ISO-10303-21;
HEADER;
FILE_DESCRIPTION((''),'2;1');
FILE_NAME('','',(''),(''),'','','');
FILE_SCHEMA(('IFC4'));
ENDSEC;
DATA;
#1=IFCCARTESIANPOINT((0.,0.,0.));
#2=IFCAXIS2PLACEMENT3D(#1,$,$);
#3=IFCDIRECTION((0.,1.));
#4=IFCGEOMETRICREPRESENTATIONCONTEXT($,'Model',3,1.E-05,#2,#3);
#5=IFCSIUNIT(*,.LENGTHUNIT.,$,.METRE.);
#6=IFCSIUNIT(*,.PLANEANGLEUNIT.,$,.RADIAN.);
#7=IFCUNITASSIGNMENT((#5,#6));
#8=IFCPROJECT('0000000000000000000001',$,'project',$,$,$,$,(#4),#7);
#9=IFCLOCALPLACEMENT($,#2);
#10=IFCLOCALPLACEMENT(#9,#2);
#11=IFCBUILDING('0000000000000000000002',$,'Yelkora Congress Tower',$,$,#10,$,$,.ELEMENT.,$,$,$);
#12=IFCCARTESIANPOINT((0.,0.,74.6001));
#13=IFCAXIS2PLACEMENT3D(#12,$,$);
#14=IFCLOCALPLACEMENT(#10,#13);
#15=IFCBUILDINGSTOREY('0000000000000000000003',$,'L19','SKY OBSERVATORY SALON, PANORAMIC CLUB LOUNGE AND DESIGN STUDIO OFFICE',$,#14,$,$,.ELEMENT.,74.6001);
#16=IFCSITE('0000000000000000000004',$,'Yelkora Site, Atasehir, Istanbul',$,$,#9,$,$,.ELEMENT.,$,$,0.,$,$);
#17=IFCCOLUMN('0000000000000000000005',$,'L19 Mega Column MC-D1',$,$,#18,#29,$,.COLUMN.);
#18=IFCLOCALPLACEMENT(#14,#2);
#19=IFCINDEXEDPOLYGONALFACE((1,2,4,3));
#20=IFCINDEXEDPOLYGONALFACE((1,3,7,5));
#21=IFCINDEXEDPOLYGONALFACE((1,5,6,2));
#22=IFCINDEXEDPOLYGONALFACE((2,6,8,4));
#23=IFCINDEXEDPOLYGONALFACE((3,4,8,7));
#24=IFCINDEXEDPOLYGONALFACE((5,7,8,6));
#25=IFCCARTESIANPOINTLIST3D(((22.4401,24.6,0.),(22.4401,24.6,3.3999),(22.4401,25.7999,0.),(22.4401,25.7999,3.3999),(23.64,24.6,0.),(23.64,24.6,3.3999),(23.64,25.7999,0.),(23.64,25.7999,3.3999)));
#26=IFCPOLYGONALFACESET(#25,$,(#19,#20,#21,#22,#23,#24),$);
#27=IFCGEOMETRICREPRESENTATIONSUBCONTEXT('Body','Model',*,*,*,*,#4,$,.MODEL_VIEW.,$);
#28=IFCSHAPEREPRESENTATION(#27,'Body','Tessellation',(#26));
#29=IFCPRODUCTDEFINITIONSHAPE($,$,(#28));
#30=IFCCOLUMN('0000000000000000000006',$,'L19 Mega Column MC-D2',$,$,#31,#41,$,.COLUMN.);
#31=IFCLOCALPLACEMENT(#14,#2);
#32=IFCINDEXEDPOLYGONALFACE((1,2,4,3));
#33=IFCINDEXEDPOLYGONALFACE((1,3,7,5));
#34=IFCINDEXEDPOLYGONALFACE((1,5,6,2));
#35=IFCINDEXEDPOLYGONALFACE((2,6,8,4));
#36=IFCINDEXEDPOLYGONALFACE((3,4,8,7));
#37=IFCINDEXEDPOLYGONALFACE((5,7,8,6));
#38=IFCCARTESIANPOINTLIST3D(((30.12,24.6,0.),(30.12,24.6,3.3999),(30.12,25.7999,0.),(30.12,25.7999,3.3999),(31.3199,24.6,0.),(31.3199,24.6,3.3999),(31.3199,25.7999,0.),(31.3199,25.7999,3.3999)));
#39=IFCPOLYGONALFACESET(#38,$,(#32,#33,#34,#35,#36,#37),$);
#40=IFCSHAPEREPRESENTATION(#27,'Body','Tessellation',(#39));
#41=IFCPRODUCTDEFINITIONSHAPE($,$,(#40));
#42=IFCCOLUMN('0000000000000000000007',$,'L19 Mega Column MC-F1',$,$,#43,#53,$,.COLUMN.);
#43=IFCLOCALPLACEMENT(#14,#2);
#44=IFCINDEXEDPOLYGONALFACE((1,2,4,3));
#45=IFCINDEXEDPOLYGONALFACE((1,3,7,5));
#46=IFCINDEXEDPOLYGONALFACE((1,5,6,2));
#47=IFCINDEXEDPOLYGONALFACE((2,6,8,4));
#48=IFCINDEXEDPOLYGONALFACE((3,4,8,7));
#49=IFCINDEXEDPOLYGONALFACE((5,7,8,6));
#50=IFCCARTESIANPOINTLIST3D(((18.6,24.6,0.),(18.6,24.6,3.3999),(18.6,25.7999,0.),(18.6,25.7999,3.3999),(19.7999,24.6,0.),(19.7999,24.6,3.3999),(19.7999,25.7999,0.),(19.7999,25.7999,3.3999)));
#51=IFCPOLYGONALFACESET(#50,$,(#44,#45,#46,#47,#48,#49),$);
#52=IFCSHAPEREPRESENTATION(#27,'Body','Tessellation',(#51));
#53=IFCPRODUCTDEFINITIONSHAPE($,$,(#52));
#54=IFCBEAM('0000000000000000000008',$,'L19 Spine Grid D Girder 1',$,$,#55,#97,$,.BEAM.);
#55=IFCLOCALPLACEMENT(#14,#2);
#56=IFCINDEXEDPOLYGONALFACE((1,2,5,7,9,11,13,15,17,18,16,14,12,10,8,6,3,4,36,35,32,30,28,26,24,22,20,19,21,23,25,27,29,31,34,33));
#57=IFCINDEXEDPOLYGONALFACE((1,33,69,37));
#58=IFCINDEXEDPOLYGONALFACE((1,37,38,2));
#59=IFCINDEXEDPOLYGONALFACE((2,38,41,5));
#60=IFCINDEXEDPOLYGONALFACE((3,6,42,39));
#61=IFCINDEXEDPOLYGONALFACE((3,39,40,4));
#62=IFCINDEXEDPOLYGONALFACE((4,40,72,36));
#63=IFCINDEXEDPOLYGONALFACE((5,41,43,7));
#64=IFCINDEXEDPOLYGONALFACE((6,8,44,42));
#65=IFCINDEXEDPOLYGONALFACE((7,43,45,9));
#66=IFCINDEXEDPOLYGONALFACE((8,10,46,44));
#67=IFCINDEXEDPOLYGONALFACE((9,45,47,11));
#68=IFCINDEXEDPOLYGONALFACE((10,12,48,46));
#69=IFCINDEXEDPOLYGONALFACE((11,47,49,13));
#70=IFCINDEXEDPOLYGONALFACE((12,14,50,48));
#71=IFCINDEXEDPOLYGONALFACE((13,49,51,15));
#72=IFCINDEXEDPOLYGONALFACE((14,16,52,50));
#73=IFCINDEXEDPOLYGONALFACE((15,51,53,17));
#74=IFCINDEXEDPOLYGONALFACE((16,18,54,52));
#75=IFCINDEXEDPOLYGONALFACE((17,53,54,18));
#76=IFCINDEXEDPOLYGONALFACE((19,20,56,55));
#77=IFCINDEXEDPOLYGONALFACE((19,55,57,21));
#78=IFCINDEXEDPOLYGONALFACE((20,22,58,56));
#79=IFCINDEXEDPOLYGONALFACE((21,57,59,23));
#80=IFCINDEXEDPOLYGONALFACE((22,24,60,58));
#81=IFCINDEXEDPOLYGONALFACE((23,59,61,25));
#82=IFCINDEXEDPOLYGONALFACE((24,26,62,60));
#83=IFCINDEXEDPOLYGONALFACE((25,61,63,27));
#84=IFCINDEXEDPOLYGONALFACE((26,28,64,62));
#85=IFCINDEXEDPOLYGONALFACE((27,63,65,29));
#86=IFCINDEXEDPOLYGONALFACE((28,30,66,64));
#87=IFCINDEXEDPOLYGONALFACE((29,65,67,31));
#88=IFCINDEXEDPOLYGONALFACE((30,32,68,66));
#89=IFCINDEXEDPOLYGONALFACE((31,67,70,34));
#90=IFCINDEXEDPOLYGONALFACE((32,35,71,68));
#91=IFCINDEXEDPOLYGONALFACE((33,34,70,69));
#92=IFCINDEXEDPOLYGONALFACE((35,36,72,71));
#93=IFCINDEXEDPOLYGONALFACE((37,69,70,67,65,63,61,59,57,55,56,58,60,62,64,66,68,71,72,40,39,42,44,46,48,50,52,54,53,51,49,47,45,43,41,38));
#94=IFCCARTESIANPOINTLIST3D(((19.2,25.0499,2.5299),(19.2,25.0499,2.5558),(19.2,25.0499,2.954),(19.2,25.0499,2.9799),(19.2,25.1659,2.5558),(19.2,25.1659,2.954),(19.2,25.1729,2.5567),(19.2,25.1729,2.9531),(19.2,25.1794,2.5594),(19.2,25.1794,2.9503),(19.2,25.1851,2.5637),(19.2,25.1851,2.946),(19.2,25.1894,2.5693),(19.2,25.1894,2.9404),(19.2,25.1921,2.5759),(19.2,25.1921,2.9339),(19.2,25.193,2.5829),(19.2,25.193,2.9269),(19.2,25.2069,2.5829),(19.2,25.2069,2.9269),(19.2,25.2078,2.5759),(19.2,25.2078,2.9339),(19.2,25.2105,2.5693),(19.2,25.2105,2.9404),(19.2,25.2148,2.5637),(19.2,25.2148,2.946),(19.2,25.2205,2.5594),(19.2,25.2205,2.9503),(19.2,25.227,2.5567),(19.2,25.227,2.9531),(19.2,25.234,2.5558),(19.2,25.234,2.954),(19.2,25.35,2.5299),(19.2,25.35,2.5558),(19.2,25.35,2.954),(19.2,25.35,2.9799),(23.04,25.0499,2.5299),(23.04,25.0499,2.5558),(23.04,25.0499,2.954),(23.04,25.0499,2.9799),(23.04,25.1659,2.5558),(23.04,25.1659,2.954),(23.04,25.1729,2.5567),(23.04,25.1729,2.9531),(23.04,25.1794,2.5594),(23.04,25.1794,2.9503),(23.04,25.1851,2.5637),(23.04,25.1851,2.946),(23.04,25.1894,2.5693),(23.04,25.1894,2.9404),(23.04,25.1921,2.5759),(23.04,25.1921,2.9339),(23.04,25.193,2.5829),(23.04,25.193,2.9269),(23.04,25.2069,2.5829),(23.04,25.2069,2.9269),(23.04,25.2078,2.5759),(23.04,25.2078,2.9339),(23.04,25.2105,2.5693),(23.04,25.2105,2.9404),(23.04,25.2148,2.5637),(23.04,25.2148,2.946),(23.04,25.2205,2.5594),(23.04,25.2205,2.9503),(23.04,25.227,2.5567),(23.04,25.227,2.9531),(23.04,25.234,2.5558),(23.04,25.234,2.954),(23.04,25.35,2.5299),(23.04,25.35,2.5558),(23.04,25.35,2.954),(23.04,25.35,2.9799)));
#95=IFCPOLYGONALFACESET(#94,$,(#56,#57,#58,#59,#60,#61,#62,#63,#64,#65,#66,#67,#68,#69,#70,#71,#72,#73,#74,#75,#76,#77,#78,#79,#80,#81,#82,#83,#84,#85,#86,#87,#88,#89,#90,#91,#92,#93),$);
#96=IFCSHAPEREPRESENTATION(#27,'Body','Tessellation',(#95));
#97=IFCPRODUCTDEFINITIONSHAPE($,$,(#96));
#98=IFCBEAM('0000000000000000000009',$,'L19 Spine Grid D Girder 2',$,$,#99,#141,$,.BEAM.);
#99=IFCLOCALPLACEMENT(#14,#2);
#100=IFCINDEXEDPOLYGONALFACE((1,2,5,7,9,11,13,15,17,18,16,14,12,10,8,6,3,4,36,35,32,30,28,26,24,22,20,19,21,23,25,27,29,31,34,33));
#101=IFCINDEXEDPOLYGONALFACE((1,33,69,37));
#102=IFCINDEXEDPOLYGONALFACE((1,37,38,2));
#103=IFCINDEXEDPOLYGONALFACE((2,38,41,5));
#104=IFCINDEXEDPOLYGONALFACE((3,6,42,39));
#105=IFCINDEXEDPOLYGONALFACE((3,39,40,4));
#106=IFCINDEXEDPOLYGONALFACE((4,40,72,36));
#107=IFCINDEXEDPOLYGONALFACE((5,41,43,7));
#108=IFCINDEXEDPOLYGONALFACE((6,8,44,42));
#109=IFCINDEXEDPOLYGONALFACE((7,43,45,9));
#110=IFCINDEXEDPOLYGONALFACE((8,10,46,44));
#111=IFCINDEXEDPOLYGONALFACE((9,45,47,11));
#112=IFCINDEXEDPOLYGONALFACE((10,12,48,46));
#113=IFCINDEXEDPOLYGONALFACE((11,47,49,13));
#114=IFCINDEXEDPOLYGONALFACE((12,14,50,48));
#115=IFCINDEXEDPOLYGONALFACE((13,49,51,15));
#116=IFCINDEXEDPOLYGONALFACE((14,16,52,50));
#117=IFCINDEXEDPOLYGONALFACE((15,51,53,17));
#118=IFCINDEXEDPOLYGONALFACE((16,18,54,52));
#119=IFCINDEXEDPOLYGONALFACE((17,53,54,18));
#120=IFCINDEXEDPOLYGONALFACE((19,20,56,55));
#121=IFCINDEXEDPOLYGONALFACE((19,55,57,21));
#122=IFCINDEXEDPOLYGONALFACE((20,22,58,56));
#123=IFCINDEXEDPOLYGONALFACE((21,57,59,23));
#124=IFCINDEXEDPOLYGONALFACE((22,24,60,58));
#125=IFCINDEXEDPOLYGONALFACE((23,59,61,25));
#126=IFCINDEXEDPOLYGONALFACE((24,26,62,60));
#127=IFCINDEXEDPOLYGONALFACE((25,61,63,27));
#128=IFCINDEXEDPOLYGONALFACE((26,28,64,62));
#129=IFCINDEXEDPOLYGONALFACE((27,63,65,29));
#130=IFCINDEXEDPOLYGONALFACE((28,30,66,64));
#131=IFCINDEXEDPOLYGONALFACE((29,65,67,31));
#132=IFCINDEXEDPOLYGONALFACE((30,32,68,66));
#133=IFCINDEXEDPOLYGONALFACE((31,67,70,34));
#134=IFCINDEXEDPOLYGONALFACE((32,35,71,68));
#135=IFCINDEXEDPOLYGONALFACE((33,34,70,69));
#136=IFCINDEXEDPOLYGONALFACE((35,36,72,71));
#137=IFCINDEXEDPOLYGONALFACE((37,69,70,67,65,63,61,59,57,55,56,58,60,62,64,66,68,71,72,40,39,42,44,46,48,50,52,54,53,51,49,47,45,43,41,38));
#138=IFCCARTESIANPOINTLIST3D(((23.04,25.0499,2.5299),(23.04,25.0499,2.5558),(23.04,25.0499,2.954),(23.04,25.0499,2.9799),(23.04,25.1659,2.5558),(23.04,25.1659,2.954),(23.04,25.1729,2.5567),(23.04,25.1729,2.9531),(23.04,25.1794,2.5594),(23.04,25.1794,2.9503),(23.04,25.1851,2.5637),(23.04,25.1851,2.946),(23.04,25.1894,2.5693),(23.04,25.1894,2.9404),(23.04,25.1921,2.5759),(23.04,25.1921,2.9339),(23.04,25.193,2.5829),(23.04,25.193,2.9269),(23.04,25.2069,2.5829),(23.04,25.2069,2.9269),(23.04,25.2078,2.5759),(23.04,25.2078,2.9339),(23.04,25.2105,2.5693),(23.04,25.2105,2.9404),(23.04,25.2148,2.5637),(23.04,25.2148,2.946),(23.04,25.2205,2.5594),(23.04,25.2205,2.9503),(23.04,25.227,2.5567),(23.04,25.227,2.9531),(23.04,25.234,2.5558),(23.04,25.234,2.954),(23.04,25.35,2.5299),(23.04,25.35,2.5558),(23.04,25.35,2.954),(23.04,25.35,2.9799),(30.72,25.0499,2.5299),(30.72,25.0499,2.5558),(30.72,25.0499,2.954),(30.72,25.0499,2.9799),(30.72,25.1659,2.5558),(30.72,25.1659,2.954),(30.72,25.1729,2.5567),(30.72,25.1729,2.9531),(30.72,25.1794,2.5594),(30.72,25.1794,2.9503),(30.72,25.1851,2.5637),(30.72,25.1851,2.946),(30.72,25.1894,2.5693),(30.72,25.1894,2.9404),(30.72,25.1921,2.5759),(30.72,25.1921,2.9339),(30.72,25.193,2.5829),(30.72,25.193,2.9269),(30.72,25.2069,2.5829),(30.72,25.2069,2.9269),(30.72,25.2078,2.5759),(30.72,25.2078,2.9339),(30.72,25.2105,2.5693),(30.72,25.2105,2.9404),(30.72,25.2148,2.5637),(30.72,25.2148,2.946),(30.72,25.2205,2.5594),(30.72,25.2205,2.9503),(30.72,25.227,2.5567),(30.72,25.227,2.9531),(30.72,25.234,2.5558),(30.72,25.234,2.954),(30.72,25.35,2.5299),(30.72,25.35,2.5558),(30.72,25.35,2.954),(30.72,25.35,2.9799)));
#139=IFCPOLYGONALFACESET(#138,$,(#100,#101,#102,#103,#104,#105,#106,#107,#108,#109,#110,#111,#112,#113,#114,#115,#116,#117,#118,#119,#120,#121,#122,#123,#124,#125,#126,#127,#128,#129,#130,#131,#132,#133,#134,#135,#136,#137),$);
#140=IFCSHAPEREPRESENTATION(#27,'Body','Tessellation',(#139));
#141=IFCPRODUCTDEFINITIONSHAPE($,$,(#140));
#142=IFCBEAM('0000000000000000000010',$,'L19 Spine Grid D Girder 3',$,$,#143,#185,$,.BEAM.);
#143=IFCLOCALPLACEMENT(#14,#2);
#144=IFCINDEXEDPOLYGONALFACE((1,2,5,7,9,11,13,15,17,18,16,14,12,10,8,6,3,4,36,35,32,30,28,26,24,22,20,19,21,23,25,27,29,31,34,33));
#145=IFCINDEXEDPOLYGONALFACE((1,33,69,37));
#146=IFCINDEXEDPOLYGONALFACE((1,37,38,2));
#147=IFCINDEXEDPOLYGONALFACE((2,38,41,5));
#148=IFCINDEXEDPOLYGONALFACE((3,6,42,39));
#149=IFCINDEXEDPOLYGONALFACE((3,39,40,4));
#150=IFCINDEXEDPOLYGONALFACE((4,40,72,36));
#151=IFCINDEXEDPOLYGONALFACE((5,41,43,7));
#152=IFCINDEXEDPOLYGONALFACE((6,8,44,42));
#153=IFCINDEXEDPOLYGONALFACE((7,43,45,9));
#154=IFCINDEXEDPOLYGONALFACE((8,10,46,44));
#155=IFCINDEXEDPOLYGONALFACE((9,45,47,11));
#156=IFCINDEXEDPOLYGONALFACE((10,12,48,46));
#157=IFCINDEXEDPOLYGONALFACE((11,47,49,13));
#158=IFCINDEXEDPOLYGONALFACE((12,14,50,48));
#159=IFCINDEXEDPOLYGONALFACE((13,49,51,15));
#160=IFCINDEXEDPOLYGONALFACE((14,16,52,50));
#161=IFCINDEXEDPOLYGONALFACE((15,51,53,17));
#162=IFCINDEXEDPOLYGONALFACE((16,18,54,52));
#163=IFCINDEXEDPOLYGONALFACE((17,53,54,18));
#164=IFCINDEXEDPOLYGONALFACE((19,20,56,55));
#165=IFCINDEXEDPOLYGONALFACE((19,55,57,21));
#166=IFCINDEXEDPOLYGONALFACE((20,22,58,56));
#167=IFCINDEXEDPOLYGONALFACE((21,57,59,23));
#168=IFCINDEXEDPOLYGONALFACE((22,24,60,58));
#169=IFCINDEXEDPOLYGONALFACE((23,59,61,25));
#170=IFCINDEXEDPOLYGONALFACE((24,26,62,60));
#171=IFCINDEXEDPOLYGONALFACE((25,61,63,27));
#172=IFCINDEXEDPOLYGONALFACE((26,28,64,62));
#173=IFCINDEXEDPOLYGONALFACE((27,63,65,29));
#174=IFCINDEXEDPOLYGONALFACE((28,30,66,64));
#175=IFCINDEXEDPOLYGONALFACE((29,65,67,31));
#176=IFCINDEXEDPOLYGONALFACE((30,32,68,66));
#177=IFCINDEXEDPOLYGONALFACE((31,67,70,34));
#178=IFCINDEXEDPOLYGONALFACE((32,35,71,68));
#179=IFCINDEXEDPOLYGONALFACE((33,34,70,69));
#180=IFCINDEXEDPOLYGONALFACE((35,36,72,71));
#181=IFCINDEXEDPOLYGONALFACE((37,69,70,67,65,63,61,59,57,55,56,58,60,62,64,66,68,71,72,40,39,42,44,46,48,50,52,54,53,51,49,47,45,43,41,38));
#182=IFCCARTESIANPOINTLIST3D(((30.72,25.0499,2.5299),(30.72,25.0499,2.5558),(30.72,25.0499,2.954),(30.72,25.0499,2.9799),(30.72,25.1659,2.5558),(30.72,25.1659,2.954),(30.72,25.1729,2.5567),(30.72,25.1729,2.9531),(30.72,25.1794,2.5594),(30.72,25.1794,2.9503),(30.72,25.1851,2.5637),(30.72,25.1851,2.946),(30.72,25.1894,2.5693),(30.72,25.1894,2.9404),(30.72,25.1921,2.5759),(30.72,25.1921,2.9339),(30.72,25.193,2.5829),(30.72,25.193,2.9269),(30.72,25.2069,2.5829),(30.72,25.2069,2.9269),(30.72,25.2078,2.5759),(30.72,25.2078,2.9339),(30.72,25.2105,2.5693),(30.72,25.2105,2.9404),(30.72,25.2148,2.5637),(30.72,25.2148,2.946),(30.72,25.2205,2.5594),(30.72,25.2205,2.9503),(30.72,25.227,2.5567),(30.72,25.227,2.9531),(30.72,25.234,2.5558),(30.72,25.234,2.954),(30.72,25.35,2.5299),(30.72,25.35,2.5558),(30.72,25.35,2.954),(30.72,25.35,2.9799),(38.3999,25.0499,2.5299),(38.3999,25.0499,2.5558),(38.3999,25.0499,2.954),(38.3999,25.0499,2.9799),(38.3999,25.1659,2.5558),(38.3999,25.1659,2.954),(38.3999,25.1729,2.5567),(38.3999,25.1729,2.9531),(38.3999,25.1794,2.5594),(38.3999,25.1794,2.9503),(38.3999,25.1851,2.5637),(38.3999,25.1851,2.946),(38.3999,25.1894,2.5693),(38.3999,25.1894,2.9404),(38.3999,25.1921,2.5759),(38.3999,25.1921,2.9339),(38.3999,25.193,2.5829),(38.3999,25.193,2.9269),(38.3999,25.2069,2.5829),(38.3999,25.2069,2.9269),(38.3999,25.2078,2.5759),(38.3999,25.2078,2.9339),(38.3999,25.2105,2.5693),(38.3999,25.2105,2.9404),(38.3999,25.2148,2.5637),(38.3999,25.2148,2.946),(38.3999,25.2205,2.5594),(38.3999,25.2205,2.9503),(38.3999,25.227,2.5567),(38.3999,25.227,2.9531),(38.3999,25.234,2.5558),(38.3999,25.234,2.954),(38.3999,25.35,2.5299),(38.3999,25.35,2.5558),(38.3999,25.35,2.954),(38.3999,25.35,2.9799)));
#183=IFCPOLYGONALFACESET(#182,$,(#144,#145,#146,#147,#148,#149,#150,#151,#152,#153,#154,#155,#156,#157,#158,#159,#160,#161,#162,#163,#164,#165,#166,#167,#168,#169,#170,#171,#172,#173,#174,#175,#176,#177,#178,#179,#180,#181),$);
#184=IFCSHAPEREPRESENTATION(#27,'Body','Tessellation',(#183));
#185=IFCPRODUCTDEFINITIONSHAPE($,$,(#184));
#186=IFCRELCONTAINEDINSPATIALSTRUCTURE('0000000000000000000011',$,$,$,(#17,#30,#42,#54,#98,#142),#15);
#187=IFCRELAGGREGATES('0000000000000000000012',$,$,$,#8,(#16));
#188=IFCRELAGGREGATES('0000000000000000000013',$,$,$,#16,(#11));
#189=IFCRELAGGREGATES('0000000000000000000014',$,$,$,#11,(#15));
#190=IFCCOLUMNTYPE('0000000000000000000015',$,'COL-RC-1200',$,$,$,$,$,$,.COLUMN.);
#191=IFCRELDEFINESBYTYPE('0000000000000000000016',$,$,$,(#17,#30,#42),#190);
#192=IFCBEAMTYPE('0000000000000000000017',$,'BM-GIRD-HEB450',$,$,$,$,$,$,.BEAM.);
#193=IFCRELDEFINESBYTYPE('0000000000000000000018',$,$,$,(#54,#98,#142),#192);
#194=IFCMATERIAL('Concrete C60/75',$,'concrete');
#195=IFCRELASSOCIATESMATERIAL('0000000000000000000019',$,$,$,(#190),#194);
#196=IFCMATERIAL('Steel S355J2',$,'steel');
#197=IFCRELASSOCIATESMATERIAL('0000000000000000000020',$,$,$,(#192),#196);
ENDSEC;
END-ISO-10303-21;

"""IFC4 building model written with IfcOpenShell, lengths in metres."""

from ifc_helpers import new_model, si_unit, direction, frame, origin, origin_2d, place, context, subcontext, project, spatial, rectangle, i_section, extrude, material, material_profile, profile_set, type_object, element, save


model = new_model("IFC4")

# Units and contexts
model_context = context("Model", 3, precision=1e-05, world=origin(), true_north=direction((0.0, 1.0)))
body_context = subcontext(model_context, "Body", "Model", "MODEL_VIEW")
ifc_project = project(units=[si_unit("LENGTHUNIT", "METRE"), si_unit("PLANEANGLEUNIT", "RADIAN")], contexts=[model_context])

# Site, building, storey
site_placement = place(None, origin())
site = spatial("IfcSite", under=ifc_project, at=site_placement, Name="Yelkora Site, Atasehir, Istanbul", CompositionType="ELEMENT", RefElevation=0.0)
building_placement = place(site_placement, origin())
building = spatial("IfcBuilding", under=site, at=building_placement, Name="Yelkora Congress Tower", CompositionType="ELEMENT")
storey_placement = place(building_placement, frame((0.0, 0.0, 74.6001)))
storey = spatial("IfcBuildingStorey", under=building, at=storey_placement, Name="L19", Description="SKY OBSERVATORY SALON, PANORAMIC CLUB LOUNGE AND DESIGN STUDIO OFFICE", CompositionType="ELEMENT", Elevation=74.6001)

# Columns
ifc_material_1 = material(Name="Concrete C60/75", Category="concrete")
ifc_material_profile_1 = material_profile(ifc_material_1, rectangle(XDim=1.2, YDim=1.2, at=origin_2d()), Name="RC 1200x1200")
ifc_profile_set_1 = profile_set([ifc_material_profile_1], Name="Concrete C60/75")
column_type = type_object("IfcColumnType", Name="COL-RC-1200", PredefinedType="COLUMN", material=ifc_profile_set_1)
for number, where, z_axis, x_axis, name in (
    (1, (23.04, 25.2, 0.0), (0.0, 0.0, 1.0), (1.0, 0.0, 0.0), "L19 Mega Column MC-D1"),
    (2, (30.72, 25.2, 0.0), (0.0, 0.0, 1.0), (1.0, 0.0, 0.0), "L19 Mega Column MC-D2"),
    (3, (19.2, 25.2, 0.0), (0.0, 0.0, 1.0), (1.0, 0.0, 0.0), "L19 Mega Column MC-F1"),
):
    element("IfcColumn", number, at=place(storey_placement, frame(where, z_axis=z_axis, x_axis=x_axis)), inside=storey, type_object=column_type, Name=name, PredefinedType="COLUMN", context=body_context, shape_type="SweptSolid", body=[
        extrude(rectangle(XDim=1.2, YDim=1.2, at=origin_2d()), origin(), (0.0, 0.0, 1.0), 3.3999),
    ])

# Beams
ifc_material_2 = material(Name="Steel S355J2", Category="steel")
ifc_material_profile_2 = material_profile(ifc_material_2, i_section(OverallWidth=0.3, OverallDepth=0.45, WebThickness=0.0139, FlangeThickness=0.0259, FilletRadius=0.0271, at=origin_2d()), Name="HEB 450")
ifc_profile_set_2 = profile_set([ifc_material_profile_2], Name="Steel S355J2")
beam_type_1 = type_object("IfcBeamType", Name="BM-GIRD-HEB450", PredefinedType="BEAM", material=ifc_profile_set_2)
beam_1_placement = place(storey_placement, frame((19.2, 25.2, 2.7549), z_axis=(1.0, 0.0, 0.0), x_axis=(0.0, 1.0, 0.0)))
element("IfcBeam", 4, at=beam_1_placement, inside=storey, type_object=beam_type_1, Name="L19 Spine Grid D Girder 1", PredefinedType="BEAM", context=body_context, shape_type="SweptSolid", body=[
    extrude(i_section(OverallWidth=0.3, OverallDepth=0.45, WebThickness=0.0139, FlangeThickness=0.0259, FilletRadius=0.0271, at=origin_2d()), origin(), (0.0, 0.0, 1.0), 3.8401),
])
for number, where, z_axis, x_axis, name in (
    (5, (23.04, 25.2, 2.7549), (1.0, 0.0, 0.0), (0.0, 1.0, 0.0), "L19 Spine Grid D Girder 2"),
    (6, (30.72, 25.2, 2.7549), (1.0, 0.0, 0.0), (0.0, 1.0, 0.0), "L19 Spine Grid D Girder 3"),
):
    element("IfcBeam", number, at=place(storey_placement, frame(where, z_axis=z_axis, x_axis=x_axis)), inside=storey, type_object=beam_type_1, Name=name, PredefinedType="BEAM", context=body_context, shape_type="SweptSolid", body=[
        extrude(i_section(OverallWidth=0.3, OverallDepth=0.45, WebThickness=0.0139, FlangeThickness=0.0259, FilletRadius=0.0271, at=origin_2d()), origin(), (0.0, 0.0, 1.0), 7.6799),
    ])

save(model, "model.ifc")
